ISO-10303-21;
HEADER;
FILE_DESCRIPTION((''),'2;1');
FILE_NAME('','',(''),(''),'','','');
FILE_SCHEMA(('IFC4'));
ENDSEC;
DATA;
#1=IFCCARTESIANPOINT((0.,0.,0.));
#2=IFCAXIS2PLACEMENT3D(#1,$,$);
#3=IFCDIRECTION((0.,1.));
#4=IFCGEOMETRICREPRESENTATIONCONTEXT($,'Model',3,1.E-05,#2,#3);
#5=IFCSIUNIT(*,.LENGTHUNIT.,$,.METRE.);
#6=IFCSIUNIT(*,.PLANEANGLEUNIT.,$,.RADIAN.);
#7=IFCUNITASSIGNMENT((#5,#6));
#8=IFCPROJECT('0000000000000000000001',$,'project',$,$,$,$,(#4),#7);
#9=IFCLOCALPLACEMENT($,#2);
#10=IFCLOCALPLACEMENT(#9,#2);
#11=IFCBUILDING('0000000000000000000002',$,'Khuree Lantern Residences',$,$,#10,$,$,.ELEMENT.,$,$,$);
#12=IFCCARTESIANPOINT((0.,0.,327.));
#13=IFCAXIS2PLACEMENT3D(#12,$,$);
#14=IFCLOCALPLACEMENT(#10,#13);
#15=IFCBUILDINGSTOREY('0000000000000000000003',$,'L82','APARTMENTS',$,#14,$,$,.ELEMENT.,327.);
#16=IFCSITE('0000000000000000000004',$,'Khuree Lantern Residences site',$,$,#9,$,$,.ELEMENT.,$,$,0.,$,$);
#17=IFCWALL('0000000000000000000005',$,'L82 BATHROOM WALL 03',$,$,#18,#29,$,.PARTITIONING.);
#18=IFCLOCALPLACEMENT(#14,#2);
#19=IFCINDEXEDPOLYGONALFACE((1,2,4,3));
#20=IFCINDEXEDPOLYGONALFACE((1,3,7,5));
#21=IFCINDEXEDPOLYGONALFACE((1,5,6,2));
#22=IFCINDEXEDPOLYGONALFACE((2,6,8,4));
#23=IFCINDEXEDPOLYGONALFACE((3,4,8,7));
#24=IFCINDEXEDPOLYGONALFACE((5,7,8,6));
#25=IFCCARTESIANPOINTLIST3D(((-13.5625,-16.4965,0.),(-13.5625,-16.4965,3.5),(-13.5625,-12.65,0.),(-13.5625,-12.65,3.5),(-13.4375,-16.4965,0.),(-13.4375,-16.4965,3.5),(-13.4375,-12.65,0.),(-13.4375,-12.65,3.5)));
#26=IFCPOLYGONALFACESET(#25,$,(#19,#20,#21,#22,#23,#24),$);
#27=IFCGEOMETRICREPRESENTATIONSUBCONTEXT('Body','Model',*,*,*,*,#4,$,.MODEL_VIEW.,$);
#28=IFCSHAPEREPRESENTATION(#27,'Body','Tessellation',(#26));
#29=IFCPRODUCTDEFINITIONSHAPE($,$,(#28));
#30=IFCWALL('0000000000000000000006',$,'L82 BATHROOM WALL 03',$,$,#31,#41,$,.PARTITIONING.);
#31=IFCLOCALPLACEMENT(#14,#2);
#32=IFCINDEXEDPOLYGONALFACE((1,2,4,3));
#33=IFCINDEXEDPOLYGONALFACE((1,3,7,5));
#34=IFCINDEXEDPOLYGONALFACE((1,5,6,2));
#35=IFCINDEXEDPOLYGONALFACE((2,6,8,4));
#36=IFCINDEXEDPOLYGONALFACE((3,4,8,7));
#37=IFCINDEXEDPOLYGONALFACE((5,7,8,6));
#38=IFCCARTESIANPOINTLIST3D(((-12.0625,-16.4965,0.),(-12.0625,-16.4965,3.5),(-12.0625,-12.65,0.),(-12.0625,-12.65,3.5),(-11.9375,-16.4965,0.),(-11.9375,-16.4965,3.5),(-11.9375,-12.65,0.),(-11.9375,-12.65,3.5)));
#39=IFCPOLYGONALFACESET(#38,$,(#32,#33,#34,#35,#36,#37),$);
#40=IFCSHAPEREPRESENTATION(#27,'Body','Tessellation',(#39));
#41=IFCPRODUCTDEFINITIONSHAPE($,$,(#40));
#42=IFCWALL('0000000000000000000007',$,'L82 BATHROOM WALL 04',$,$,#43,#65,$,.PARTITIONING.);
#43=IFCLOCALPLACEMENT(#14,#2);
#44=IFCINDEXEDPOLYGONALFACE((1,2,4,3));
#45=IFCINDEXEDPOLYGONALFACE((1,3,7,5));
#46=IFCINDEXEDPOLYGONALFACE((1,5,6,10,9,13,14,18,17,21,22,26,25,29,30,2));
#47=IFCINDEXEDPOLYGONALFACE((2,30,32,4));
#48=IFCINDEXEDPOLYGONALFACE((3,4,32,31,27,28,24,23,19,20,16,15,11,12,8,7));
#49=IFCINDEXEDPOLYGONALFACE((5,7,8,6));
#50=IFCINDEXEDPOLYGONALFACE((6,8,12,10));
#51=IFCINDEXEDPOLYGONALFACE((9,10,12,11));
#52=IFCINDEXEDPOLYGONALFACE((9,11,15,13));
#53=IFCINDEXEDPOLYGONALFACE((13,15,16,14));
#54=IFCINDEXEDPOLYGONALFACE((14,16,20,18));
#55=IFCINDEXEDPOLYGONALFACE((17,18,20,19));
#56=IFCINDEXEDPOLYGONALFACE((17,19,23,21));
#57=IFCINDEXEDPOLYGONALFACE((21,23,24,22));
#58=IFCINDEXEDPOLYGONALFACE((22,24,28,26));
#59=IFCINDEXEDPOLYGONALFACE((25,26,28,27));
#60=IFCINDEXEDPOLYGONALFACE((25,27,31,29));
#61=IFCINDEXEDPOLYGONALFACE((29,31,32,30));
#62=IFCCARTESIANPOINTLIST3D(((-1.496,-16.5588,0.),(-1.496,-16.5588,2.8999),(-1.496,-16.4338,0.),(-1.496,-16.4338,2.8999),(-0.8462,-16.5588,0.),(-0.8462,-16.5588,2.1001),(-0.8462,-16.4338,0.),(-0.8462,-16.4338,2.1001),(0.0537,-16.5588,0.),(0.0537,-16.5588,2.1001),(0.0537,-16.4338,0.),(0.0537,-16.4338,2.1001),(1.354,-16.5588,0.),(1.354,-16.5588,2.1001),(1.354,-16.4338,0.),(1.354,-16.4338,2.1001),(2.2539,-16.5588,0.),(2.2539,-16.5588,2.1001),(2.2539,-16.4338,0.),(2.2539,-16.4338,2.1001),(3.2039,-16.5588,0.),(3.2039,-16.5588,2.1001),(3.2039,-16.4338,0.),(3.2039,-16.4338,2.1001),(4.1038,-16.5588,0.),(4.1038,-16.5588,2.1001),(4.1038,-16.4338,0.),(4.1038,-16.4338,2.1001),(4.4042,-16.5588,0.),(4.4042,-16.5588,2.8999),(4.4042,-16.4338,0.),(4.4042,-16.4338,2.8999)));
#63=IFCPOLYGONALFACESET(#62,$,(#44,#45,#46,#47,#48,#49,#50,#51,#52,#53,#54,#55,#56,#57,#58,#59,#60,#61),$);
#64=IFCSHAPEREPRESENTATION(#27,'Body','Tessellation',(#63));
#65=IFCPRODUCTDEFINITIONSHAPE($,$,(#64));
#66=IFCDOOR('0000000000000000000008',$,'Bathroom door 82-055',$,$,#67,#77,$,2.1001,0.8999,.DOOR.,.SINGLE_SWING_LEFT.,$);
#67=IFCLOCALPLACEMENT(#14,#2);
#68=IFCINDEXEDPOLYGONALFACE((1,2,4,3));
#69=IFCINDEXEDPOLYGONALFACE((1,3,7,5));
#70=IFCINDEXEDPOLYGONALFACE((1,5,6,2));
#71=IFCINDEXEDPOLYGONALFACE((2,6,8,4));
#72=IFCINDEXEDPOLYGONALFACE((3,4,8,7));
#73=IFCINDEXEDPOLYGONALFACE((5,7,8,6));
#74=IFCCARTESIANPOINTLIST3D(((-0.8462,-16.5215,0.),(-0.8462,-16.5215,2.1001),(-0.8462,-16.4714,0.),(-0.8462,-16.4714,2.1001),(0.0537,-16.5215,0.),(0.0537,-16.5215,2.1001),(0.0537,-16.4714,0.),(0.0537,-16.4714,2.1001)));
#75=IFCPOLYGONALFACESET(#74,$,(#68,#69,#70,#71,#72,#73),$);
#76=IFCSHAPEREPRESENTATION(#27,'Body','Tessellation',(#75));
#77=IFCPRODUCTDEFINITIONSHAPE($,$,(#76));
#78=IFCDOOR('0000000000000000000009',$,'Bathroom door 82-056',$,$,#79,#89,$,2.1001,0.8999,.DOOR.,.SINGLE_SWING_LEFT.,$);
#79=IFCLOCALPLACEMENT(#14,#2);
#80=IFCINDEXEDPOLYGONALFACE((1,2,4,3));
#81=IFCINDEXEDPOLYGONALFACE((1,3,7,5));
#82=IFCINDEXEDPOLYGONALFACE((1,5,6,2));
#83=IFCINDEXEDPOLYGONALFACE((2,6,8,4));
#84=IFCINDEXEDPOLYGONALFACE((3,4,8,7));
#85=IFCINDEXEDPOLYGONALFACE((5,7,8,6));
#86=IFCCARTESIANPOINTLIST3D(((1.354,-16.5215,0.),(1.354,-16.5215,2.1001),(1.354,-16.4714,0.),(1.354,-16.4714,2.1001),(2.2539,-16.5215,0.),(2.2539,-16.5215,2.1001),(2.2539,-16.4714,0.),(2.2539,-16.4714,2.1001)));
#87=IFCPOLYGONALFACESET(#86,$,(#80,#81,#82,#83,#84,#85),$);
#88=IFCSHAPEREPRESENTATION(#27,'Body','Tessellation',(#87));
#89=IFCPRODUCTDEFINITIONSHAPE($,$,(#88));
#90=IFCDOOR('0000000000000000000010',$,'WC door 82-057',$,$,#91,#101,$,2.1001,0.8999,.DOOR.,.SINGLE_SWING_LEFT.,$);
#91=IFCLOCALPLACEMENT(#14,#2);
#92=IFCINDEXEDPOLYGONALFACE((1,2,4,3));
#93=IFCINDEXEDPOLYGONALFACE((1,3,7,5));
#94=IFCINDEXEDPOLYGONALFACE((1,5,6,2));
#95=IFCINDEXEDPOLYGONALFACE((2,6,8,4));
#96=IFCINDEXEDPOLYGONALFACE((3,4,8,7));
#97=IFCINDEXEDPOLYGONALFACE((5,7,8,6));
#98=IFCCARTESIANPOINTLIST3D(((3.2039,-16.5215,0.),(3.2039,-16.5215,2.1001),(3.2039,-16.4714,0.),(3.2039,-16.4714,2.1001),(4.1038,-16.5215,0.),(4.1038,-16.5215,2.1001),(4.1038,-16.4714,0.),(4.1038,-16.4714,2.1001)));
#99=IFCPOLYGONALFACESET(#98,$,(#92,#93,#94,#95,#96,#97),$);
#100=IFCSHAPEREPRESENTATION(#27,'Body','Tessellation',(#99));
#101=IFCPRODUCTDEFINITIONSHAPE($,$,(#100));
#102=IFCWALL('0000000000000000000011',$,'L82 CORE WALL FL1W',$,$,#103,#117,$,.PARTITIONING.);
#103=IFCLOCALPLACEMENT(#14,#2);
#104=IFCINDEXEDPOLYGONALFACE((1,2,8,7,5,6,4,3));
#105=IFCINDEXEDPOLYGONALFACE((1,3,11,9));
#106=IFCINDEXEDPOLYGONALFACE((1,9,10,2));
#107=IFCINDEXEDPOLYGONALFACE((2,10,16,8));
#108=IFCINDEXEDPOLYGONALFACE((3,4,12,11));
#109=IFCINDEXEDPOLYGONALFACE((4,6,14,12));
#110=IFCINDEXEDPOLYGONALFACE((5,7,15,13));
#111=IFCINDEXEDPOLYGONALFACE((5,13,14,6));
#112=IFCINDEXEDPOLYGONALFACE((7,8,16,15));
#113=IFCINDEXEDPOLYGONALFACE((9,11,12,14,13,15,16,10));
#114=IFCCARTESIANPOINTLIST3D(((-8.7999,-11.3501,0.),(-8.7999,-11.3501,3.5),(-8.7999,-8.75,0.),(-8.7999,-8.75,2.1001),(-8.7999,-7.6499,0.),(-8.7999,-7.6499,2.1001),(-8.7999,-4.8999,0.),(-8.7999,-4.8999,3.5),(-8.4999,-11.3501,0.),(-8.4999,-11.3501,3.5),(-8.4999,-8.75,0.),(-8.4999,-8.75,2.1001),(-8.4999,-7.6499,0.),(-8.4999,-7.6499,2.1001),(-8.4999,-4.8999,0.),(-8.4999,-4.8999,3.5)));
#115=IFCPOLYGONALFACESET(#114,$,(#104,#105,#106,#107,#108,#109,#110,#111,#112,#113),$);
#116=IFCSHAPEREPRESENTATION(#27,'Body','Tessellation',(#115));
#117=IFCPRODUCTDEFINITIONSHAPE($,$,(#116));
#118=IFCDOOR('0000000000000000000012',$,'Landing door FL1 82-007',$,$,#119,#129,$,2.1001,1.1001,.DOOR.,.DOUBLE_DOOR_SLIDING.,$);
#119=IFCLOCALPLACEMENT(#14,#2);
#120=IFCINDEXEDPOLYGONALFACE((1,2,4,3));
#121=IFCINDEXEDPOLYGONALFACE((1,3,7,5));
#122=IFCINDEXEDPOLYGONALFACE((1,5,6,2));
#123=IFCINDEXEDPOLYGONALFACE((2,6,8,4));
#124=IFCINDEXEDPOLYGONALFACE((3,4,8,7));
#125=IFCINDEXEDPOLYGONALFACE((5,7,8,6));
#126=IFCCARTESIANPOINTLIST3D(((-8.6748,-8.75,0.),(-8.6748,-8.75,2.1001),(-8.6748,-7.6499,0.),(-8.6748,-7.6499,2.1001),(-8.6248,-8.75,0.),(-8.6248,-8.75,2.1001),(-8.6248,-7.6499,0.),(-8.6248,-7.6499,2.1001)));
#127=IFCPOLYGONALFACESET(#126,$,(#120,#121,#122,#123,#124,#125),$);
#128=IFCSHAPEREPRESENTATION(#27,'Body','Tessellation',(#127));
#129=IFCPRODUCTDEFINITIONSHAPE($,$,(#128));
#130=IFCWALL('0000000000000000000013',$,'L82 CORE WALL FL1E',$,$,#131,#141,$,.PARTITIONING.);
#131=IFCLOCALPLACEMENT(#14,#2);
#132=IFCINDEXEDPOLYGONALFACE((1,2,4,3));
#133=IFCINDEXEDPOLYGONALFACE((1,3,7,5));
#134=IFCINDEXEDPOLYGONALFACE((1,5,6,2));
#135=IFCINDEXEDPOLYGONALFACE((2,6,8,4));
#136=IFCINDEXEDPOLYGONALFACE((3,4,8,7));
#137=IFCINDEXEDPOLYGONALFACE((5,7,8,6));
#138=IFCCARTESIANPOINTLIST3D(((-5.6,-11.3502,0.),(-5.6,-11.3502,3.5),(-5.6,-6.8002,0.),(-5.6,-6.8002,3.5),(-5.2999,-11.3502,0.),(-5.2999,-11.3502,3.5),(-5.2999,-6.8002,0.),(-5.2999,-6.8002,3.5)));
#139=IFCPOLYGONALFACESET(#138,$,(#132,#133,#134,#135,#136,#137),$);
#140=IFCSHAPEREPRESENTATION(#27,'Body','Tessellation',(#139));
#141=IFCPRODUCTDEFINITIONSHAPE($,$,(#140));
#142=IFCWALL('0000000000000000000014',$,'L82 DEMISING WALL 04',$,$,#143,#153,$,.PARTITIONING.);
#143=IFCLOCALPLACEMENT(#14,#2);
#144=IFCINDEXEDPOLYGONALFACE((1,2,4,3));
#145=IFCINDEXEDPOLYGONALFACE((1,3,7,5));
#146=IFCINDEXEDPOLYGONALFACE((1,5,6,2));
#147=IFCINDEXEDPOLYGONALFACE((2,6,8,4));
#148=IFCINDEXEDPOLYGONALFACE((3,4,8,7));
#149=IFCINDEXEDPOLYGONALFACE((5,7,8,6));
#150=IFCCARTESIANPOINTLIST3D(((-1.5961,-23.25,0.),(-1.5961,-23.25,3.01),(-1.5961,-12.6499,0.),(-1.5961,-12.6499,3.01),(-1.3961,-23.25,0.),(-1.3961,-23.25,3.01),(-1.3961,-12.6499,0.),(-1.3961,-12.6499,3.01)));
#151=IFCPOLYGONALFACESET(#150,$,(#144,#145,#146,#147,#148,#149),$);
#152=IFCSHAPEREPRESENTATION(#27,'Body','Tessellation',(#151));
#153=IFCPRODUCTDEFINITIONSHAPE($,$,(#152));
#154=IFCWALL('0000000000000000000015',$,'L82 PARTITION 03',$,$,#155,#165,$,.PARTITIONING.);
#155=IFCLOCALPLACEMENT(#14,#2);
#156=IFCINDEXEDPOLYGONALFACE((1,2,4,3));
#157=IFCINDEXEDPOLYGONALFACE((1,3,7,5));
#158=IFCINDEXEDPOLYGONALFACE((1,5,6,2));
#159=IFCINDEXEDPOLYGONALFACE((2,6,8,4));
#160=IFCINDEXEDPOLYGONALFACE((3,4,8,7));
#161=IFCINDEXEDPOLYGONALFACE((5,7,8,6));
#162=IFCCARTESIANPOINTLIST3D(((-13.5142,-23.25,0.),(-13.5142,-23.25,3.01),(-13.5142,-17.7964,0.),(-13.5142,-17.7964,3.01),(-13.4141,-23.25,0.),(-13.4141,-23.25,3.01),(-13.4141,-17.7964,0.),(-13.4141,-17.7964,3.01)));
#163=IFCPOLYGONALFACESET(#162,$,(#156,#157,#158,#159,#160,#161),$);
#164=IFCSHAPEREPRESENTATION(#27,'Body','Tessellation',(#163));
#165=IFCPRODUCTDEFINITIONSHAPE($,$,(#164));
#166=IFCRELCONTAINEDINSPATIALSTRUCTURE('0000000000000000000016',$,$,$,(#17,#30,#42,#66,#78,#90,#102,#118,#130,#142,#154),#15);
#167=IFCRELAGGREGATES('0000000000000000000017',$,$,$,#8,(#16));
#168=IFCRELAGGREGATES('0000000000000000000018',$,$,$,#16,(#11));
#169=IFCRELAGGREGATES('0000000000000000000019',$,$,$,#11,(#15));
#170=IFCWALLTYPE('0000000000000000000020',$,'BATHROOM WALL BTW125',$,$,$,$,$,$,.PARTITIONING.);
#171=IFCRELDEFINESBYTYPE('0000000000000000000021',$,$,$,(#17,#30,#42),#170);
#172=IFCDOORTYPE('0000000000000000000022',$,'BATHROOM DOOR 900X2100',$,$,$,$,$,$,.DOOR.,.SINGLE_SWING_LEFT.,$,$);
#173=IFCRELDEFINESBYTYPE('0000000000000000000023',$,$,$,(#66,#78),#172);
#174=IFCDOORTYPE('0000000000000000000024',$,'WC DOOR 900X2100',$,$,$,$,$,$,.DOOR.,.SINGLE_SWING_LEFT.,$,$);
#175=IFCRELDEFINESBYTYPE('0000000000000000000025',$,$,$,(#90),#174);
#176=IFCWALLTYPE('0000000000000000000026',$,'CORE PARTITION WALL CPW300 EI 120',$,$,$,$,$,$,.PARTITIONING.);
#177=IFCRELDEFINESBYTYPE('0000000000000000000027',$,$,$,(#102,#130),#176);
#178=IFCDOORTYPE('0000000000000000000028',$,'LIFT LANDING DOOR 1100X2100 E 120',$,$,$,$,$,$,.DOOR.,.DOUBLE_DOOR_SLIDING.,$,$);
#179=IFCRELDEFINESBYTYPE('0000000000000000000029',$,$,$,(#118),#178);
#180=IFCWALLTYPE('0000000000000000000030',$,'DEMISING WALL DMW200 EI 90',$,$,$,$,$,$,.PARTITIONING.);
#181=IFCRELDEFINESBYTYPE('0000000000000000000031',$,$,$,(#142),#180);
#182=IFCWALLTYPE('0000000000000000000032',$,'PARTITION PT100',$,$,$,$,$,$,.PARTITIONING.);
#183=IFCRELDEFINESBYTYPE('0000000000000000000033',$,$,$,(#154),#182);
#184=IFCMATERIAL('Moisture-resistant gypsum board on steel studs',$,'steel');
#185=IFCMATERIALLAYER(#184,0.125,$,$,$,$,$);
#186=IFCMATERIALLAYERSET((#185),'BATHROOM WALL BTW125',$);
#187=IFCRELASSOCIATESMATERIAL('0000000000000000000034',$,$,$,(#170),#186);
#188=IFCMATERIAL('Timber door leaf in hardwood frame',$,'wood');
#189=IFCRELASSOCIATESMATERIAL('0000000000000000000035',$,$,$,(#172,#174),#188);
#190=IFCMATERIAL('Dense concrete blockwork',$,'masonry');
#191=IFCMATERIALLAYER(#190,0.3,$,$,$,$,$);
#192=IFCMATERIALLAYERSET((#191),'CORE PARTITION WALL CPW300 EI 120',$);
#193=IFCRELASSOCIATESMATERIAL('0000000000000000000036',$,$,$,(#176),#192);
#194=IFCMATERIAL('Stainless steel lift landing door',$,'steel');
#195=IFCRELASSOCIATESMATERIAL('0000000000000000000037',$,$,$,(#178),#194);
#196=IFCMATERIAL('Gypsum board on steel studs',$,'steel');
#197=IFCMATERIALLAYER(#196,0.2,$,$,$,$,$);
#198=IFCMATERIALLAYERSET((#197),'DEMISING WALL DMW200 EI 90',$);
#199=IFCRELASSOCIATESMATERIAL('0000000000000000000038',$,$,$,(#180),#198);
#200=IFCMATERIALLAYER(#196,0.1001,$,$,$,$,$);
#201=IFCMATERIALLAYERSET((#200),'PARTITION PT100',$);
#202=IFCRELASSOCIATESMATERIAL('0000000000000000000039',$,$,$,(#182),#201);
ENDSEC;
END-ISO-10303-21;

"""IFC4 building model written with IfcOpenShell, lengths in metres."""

from ifc_helpers import new_model, si_unit, direction, frame, frame_2d, origin, place, context, subcontext, project, spatial, rectangle, extrude, material, layer, layer_set, type_object, element, fill, save


model = new_model("IFC4")

# Units and contexts
model_context = context("Model", 3, precision=1e-05, world=origin(), true_north=direction((0.0, 1.0)))
body_context = subcontext(model_context, "Body", "Model", "MODEL_VIEW")
ifc_project = project(units=[si_unit("LENGTHUNIT", "METRE"), si_unit("PLANEANGLEUNIT", "RADIAN")], contexts=[model_context])

# Site, building, storey
site_placement = place(None, origin())
site = spatial("IfcSite", under=ifc_project, at=site_placement, Name="Khuree Lantern Residences site", CompositionType="ELEMENT", RefElevation=0.0)
building_placement = place(site_placement, origin())
building = spatial("IfcBuilding", under=site, at=building_placement, Name="Khuree Lantern Residences", CompositionType="ELEMENT")
storey_placement = place(building_placement, frame((0.0, 0.0, 327.0)))
storey = spatial("IfcBuildingStorey", under=building, at=storey_placement, Name="L82", Description="APARTMENTS", CompositionType="ELEMENT", Elevation=327.0)

# Walls
ifc_material_1 = material(Name="Moisture-resistant gypsum board on steel studs", Category="steel")
ifc_layer_1 = layer(ifc_material_1, 0.125)
ifc_layer_set_1 = layer_set([ifc_layer_1], Name="BATHROOM WALL BTW125")
wall_type_1 = type_object("IfcWallType", Name="BATHROOM WALL BTW125", PredefinedType="PARTITIONING", material=ifc_layer_set_1)
for number, where, z_axis, x_axis, name in (
    (1, (-13.5, -12.6499, 0.0), (0.0, 0.0, 1.0), (0.0, -1.0, 0.0), "L82 BATHROOM WALL 03"),
    (2, (-12.0, -12.6499, 0.0), (0.0, 0.0, 1.0), (0.0, -1.0, 0.0), "L82 BATHROOM WALL 03"),
):
    element("IfcWall", number, at=place(storey_placement, frame(where, z_axis=z_axis, x_axis=x_axis)), inside=storey, type_object=wall_type_1, Name=name, PredefinedType="PARTITIONING", context=body_context, shape_type="SweptSolid", body=[
        extrude(rectangle(XDim=3.8464, YDim=0.125, at=frame_2d((1.9233, 0.0))), origin(), (0.0, 0.0, 1.0), 3.5),
    ])

# Wall, openings, doors
wall_1_placement = place(storey_placement, frame((-1.4961, -16.4963, 0.0), z_axis=(0.0, 0.0, 1.0), x_axis=(1.0, 0.0, 0.0)))
wall_1 = element("IfcWall", 3, at=wall_1_placement, inside=storey, type_object=wall_type_1, Name="L82 BATHROOM WALL 04", PredefinedType="PARTITIONING", context=body_context, shape_type="SweptSolid", body=[
    extrude(rectangle(XDim=5.9001, YDim=0.125, at=frame_2d((2.9502, 0.0))), origin(), (0.0, 0.0, 1.0), 2.8999),
])
opening_1_placement = place(wall_1_placement, frame((0.6499, 0.0, 0.0)))
opening_1 = element("IfcOpeningElement", 4, at=opening_1_placement, cuts=wall_1, PredefinedType="OPENING", context=body_context, shape_type="SweptSolid", body=[
    extrude(rectangle(XDim=0.8999, YDim=2.1001, at=frame_2d((0.45, 1.05))), frame((0.0, 0.0725, 0.0), z_axis=(0.0, -1.0, 0.0), x_axis=(1.0, 0.0, 0.0)), (0.0, 0.0, 1.0), 0.145),
])
opening_2_placement = place(wall_1_placement, frame((2.8501, 0.0, 0.0)))
opening_2 = element("IfcOpeningElement", 5, at=opening_2_placement, cuts=wall_1, PredefinedType="OPENING", context=body_context, shape_type="SweptSolid", body=[
    extrude(rectangle(XDim=0.8999, YDim=2.1001, at=frame_2d((0.45, 1.05))), frame((0.0, 0.0725, 0.0), z_axis=(0.0, -1.0, 0.0), x_axis=(1.0, 0.0, 0.0)), (0.0, 0.0, 1.0), 0.145),
])
opening_3_placement = place(wall_1_placement, frame((4.7, 0.0, 0.0)))
opening_3 = element("IfcOpeningElement", 6, at=opening_3_placement, cuts=wall_1, PredefinedType="OPENING", context=body_context, shape_type="SweptSolid", body=[
    extrude(rectangle(XDim=0.8999, YDim=2.1001, at=frame_2d((0.45, 1.05))), frame((0.0, 0.0725, 0.0), z_axis=(0.0, -1.0, 0.0), x_axis=(1.0, 0.0, 0.0)), (0.0, 0.0, 1.0), 0.145),
])
ifc_material_2 = material(Name="Timber door leaf in hardwood frame", Category="wood")
door_type_1 = type_object("IfcDoorType", Name="BATHROOM DOOR 900X2100", OperationType="SINGLE_SWING_LEFT", PredefinedType="DOOR", material=ifc_material_2)
door_1_placement = place(opening_1_placement, origin())
door_1 = element("IfcDoor", 7, at=door_1_placement, inside=storey, type_object=door_type_1, Name="Bathroom door 82-055", OperationType="SINGLE_SWING_LEFT", OverallHeight=2.1001, OverallWidth=0.8999, PredefinedType="DOOR", context=body_context, shape_type="SweptSolid", body=[
    extrude(rectangle(XDim=0.8999, YDim=2.1001, at=frame_2d((0.45, 1.05))), frame((0.0, 0.0249, 0.0), z_axis=(0.0, -1.0, 0.0), x_axis=(1.0, 0.0, 0.0)), (0.0, 0.0, 1.0), 0.05),
])
fill(opening_1, door_1)
door_2_placement = place(opening_2_placement, origin())
door_2 = element("IfcDoor", 8, at=door_2_placement, inside=storey, type_object=door_type_1, Name="Bathroom door 82-056", OperationType="SINGLE_SWING_LEFT", OverallHeight=2.1001, OverallWidth=0.8999, PredefinedType="DOOR", context=body_context, shape_type="SweptSolid", body=[
    extrude(rectangle(XDim=0.8999, YDim=2.1001, at=frame_2d((0.45, 1.05))), frame((0.0, 0.0249, 0.0), z_axis=(0.0, -1.0, 0.0), x_axis=(1.0, 0.0, 0.0)), (0.0, 0.0, 1.0), 0.05),
])
fill(opening_2, door_2)
door_type_2 = type_object("IfcDoorType", Name="WC DOOR 900X2100", OperationType="SINGLE_SWING_LEFT", PredefinedType="DOOR", material=ifc_material_2)
door_3_placement = place(opening_3_placement, origin())
door_3 = element("IfcDoor", 9, at=door_3_placement, inside=storey, type_object=door_type_2, Name="WC door 82-057", OperationType="SINGLE_SWING_LEFT", OverallHeight=2.1001, OverallWidth=0.8999, PredefinedType="DOOR", context=body_context, shape_type="SweptSolid", body=[
    extrude(rectangle(XDim=0.8999, YDim=2.1001, at=frame_2d((0.45, 1.05))), frame((0.0, 0.0249, 0.0), z_axis=(0.0, -1.0, 0.0), x_axis=(1.0, 0.0, 0.0)), (0.0, 0.0, 1.0), 0.05),
])
fill(opening_3, door_3)

# Wall, opening, door
ifc_material_3 = material(Name="Dense concrete blockwork", Category="masonry")
ifc_layer_2 = layer(ifc_material_3, 0.3)
ifc_layer_set_2 = layer_set([ifc_layer_2], Name="CORE PARTITION WALL CPW300 EI 120")
wall_type_2 = type_object("IfcWallType", Name="CORE PARTITION WALL CPW300 EI 120", PredefinedType="PARTITIONING", material=ifc_layer_set_2)
wall_2_placement = place(storey_placement, frame((-8.6499, -11.3501, 0.0), z_axis=(0.0, 0.0, 1.0), x_axis=(0.0, 1.0, 0.0)))
wall_2 = element("IfcWall", 10, at=wall_2_placement, inside=storey, type_object=wall_type_2, Name="L82 CORE WALL FL1W", PredefinedType="PARTITIONING", context=body_context, shape_type="SweptSolid", body=[
    extrude(rectangle(XDim=6.4502, YDim=0.3, at=frame_2d((3.2251, 0.0))), origin(), (0.0, 0.0, 1.0), 3.5),
])
opening_4_placement = place(wall_2_placement, frame((2.6001, 0.0, 0.0)))
opening_4 = element("IfcOpeningElement", 11, at=opening_4_placement, cuts=wall_2, PredefinedType="OPENING", context=body_context, shape_type="SweptSolid", body=[
    extrude(rectangle(XDim=1.1001, YDim=2.1001, at=frame_2d((0.55, 1.05))), frame((0.0, 0.1602, 0.0), z_axis=(0.0, -1.0, 0.0), x_axis=(1.0, 0.0, 0.0)), (0.0, 0.0, 1.0), 0.3201),
])
ifc_material_4 = material(Name="Stainless steel lift landing door", Category="steel")
door_type_3 = type_object("IfcDoorType", Name="LIFT LANDING DOOR 1100X2100 E 120", OperationType="DOUBLE_DOOR_SLIDING", PredefinedType="DOOR", material=ifc_material_4)
door_4_placement = place(opening_4_placement, origin())
door_4 = element("IfcDoor", 12, at=door_4_placement, inside=storey, type_object=door_type_3, Name="Landing door FL1 82-007", OperationType="DOUBLE_DOOR_SLIDING", OverallHeight=2.1001, OverallWidth=1.1001, PredefinedType="DOOR", context=body_context, shape_type="SweptSolid", body=[
    extrude(rectangle(XDim=1.1001, YDim=2.1001, at=frame_2d((0.55, 1.05))), frame((0.0, 0.0249, 0.0), z_axis=(0.0, -1.0, 0.0), x_axis=(1.0, 0.0, 0.0)), (0.0, 0.0, 1.0), 0.05),
])
fill(opening_4, door_4)

# Walls
wall_3_placement = place(storey_placement, frame((-5.45, -11.3501, 0.0), z_axis=(0.0, 0.0, 1.0), x_axis=(0.0, 1.0, 0.0)))
element("IfcWall", 13, at=wall_3_placement, inside=storey, type_object=wall_type_2, Name="L82 CORE WALL FL1E", PredefinedType="PARTITIONING", context=body_context, shape_type="SweptSolid", body=[
    extrude(rectangle(XDim=4.55, YDim=0.3, at=frame_2d((2.2749, 0.0))), origin(), (0.0, 0.0, 1.0), 3.5),
])
ifc_material_5 = material(Name="Gypsum board on steel studs", Category="steel")
ifc_layer_3 = layer(ifc_material_5, 0.2)
ifc_layer_set_3 = layer_set([ifc_layer_3], Name="DEMISING WALL DMW200 EI 90")
wall_type_3 = type_object("IfcWallType", Name="DEMISING WALL DMW200 EI 90", PredefinedType="PARTITIONING", material=ifc_layer_set_3)
wall_4_placement = place(storey_placement, frame((-1.4961, -12.6499, 0.0), z_axis=(0.0, 0.0, 1.0), x_axis=(0.0, -1.0, 0.0)))
element("IfcWall", 14, at=wall_4_placement, inside=storey, type_object=wall_type_3, Name="L82 DEMISING WALL 04", PredefinedType="PARTITIONING", context=body_context, shape_type="SweptSolid", body=[
    extrude(rectangle(XDim=10.6001, YDim=0.2, at=frame_2d((5.3, 0.0))), origin(), (0.0, 0.0, 1.0), 3.01),
])
ifc_layer_4 = layer(ifc_material_5, 0.1001)
ifc_layer_set_4 = layer_set([ifc_layer_4], Name="PARTITION PT100")
wall_type_4 = type_object("IfcWallType", Name="PARTITION PT100", PredefinedType="PARTITIONING", material=ifc_layer_set_4)
for number, where, z_axis, x_axis, name in (
    (15, (-13.4641, -17.7964, 0.0), (0.0, 0.0, 1.0), (0.0, -1.0, 0.0), "L82 PARTITION 03"),
):
    element("IfcWall", number, at=place(storey_placement, frame(where, z_axis=z_axis, x_axis=x_axis)), inside=storey, type_object=wall_type_4, Name=name, PredefinedType="PARTITIONING", context=body_context, shape_type="SweptSolid", body=[
        extrude(rectangle(XDim=5.4536, YDim=0.1001, at=frame_2d((2.7268, 0.0))), origin(), (0.0, 0.0, 1.0), 3.01),
    ])

save(model, "model.ifc")
